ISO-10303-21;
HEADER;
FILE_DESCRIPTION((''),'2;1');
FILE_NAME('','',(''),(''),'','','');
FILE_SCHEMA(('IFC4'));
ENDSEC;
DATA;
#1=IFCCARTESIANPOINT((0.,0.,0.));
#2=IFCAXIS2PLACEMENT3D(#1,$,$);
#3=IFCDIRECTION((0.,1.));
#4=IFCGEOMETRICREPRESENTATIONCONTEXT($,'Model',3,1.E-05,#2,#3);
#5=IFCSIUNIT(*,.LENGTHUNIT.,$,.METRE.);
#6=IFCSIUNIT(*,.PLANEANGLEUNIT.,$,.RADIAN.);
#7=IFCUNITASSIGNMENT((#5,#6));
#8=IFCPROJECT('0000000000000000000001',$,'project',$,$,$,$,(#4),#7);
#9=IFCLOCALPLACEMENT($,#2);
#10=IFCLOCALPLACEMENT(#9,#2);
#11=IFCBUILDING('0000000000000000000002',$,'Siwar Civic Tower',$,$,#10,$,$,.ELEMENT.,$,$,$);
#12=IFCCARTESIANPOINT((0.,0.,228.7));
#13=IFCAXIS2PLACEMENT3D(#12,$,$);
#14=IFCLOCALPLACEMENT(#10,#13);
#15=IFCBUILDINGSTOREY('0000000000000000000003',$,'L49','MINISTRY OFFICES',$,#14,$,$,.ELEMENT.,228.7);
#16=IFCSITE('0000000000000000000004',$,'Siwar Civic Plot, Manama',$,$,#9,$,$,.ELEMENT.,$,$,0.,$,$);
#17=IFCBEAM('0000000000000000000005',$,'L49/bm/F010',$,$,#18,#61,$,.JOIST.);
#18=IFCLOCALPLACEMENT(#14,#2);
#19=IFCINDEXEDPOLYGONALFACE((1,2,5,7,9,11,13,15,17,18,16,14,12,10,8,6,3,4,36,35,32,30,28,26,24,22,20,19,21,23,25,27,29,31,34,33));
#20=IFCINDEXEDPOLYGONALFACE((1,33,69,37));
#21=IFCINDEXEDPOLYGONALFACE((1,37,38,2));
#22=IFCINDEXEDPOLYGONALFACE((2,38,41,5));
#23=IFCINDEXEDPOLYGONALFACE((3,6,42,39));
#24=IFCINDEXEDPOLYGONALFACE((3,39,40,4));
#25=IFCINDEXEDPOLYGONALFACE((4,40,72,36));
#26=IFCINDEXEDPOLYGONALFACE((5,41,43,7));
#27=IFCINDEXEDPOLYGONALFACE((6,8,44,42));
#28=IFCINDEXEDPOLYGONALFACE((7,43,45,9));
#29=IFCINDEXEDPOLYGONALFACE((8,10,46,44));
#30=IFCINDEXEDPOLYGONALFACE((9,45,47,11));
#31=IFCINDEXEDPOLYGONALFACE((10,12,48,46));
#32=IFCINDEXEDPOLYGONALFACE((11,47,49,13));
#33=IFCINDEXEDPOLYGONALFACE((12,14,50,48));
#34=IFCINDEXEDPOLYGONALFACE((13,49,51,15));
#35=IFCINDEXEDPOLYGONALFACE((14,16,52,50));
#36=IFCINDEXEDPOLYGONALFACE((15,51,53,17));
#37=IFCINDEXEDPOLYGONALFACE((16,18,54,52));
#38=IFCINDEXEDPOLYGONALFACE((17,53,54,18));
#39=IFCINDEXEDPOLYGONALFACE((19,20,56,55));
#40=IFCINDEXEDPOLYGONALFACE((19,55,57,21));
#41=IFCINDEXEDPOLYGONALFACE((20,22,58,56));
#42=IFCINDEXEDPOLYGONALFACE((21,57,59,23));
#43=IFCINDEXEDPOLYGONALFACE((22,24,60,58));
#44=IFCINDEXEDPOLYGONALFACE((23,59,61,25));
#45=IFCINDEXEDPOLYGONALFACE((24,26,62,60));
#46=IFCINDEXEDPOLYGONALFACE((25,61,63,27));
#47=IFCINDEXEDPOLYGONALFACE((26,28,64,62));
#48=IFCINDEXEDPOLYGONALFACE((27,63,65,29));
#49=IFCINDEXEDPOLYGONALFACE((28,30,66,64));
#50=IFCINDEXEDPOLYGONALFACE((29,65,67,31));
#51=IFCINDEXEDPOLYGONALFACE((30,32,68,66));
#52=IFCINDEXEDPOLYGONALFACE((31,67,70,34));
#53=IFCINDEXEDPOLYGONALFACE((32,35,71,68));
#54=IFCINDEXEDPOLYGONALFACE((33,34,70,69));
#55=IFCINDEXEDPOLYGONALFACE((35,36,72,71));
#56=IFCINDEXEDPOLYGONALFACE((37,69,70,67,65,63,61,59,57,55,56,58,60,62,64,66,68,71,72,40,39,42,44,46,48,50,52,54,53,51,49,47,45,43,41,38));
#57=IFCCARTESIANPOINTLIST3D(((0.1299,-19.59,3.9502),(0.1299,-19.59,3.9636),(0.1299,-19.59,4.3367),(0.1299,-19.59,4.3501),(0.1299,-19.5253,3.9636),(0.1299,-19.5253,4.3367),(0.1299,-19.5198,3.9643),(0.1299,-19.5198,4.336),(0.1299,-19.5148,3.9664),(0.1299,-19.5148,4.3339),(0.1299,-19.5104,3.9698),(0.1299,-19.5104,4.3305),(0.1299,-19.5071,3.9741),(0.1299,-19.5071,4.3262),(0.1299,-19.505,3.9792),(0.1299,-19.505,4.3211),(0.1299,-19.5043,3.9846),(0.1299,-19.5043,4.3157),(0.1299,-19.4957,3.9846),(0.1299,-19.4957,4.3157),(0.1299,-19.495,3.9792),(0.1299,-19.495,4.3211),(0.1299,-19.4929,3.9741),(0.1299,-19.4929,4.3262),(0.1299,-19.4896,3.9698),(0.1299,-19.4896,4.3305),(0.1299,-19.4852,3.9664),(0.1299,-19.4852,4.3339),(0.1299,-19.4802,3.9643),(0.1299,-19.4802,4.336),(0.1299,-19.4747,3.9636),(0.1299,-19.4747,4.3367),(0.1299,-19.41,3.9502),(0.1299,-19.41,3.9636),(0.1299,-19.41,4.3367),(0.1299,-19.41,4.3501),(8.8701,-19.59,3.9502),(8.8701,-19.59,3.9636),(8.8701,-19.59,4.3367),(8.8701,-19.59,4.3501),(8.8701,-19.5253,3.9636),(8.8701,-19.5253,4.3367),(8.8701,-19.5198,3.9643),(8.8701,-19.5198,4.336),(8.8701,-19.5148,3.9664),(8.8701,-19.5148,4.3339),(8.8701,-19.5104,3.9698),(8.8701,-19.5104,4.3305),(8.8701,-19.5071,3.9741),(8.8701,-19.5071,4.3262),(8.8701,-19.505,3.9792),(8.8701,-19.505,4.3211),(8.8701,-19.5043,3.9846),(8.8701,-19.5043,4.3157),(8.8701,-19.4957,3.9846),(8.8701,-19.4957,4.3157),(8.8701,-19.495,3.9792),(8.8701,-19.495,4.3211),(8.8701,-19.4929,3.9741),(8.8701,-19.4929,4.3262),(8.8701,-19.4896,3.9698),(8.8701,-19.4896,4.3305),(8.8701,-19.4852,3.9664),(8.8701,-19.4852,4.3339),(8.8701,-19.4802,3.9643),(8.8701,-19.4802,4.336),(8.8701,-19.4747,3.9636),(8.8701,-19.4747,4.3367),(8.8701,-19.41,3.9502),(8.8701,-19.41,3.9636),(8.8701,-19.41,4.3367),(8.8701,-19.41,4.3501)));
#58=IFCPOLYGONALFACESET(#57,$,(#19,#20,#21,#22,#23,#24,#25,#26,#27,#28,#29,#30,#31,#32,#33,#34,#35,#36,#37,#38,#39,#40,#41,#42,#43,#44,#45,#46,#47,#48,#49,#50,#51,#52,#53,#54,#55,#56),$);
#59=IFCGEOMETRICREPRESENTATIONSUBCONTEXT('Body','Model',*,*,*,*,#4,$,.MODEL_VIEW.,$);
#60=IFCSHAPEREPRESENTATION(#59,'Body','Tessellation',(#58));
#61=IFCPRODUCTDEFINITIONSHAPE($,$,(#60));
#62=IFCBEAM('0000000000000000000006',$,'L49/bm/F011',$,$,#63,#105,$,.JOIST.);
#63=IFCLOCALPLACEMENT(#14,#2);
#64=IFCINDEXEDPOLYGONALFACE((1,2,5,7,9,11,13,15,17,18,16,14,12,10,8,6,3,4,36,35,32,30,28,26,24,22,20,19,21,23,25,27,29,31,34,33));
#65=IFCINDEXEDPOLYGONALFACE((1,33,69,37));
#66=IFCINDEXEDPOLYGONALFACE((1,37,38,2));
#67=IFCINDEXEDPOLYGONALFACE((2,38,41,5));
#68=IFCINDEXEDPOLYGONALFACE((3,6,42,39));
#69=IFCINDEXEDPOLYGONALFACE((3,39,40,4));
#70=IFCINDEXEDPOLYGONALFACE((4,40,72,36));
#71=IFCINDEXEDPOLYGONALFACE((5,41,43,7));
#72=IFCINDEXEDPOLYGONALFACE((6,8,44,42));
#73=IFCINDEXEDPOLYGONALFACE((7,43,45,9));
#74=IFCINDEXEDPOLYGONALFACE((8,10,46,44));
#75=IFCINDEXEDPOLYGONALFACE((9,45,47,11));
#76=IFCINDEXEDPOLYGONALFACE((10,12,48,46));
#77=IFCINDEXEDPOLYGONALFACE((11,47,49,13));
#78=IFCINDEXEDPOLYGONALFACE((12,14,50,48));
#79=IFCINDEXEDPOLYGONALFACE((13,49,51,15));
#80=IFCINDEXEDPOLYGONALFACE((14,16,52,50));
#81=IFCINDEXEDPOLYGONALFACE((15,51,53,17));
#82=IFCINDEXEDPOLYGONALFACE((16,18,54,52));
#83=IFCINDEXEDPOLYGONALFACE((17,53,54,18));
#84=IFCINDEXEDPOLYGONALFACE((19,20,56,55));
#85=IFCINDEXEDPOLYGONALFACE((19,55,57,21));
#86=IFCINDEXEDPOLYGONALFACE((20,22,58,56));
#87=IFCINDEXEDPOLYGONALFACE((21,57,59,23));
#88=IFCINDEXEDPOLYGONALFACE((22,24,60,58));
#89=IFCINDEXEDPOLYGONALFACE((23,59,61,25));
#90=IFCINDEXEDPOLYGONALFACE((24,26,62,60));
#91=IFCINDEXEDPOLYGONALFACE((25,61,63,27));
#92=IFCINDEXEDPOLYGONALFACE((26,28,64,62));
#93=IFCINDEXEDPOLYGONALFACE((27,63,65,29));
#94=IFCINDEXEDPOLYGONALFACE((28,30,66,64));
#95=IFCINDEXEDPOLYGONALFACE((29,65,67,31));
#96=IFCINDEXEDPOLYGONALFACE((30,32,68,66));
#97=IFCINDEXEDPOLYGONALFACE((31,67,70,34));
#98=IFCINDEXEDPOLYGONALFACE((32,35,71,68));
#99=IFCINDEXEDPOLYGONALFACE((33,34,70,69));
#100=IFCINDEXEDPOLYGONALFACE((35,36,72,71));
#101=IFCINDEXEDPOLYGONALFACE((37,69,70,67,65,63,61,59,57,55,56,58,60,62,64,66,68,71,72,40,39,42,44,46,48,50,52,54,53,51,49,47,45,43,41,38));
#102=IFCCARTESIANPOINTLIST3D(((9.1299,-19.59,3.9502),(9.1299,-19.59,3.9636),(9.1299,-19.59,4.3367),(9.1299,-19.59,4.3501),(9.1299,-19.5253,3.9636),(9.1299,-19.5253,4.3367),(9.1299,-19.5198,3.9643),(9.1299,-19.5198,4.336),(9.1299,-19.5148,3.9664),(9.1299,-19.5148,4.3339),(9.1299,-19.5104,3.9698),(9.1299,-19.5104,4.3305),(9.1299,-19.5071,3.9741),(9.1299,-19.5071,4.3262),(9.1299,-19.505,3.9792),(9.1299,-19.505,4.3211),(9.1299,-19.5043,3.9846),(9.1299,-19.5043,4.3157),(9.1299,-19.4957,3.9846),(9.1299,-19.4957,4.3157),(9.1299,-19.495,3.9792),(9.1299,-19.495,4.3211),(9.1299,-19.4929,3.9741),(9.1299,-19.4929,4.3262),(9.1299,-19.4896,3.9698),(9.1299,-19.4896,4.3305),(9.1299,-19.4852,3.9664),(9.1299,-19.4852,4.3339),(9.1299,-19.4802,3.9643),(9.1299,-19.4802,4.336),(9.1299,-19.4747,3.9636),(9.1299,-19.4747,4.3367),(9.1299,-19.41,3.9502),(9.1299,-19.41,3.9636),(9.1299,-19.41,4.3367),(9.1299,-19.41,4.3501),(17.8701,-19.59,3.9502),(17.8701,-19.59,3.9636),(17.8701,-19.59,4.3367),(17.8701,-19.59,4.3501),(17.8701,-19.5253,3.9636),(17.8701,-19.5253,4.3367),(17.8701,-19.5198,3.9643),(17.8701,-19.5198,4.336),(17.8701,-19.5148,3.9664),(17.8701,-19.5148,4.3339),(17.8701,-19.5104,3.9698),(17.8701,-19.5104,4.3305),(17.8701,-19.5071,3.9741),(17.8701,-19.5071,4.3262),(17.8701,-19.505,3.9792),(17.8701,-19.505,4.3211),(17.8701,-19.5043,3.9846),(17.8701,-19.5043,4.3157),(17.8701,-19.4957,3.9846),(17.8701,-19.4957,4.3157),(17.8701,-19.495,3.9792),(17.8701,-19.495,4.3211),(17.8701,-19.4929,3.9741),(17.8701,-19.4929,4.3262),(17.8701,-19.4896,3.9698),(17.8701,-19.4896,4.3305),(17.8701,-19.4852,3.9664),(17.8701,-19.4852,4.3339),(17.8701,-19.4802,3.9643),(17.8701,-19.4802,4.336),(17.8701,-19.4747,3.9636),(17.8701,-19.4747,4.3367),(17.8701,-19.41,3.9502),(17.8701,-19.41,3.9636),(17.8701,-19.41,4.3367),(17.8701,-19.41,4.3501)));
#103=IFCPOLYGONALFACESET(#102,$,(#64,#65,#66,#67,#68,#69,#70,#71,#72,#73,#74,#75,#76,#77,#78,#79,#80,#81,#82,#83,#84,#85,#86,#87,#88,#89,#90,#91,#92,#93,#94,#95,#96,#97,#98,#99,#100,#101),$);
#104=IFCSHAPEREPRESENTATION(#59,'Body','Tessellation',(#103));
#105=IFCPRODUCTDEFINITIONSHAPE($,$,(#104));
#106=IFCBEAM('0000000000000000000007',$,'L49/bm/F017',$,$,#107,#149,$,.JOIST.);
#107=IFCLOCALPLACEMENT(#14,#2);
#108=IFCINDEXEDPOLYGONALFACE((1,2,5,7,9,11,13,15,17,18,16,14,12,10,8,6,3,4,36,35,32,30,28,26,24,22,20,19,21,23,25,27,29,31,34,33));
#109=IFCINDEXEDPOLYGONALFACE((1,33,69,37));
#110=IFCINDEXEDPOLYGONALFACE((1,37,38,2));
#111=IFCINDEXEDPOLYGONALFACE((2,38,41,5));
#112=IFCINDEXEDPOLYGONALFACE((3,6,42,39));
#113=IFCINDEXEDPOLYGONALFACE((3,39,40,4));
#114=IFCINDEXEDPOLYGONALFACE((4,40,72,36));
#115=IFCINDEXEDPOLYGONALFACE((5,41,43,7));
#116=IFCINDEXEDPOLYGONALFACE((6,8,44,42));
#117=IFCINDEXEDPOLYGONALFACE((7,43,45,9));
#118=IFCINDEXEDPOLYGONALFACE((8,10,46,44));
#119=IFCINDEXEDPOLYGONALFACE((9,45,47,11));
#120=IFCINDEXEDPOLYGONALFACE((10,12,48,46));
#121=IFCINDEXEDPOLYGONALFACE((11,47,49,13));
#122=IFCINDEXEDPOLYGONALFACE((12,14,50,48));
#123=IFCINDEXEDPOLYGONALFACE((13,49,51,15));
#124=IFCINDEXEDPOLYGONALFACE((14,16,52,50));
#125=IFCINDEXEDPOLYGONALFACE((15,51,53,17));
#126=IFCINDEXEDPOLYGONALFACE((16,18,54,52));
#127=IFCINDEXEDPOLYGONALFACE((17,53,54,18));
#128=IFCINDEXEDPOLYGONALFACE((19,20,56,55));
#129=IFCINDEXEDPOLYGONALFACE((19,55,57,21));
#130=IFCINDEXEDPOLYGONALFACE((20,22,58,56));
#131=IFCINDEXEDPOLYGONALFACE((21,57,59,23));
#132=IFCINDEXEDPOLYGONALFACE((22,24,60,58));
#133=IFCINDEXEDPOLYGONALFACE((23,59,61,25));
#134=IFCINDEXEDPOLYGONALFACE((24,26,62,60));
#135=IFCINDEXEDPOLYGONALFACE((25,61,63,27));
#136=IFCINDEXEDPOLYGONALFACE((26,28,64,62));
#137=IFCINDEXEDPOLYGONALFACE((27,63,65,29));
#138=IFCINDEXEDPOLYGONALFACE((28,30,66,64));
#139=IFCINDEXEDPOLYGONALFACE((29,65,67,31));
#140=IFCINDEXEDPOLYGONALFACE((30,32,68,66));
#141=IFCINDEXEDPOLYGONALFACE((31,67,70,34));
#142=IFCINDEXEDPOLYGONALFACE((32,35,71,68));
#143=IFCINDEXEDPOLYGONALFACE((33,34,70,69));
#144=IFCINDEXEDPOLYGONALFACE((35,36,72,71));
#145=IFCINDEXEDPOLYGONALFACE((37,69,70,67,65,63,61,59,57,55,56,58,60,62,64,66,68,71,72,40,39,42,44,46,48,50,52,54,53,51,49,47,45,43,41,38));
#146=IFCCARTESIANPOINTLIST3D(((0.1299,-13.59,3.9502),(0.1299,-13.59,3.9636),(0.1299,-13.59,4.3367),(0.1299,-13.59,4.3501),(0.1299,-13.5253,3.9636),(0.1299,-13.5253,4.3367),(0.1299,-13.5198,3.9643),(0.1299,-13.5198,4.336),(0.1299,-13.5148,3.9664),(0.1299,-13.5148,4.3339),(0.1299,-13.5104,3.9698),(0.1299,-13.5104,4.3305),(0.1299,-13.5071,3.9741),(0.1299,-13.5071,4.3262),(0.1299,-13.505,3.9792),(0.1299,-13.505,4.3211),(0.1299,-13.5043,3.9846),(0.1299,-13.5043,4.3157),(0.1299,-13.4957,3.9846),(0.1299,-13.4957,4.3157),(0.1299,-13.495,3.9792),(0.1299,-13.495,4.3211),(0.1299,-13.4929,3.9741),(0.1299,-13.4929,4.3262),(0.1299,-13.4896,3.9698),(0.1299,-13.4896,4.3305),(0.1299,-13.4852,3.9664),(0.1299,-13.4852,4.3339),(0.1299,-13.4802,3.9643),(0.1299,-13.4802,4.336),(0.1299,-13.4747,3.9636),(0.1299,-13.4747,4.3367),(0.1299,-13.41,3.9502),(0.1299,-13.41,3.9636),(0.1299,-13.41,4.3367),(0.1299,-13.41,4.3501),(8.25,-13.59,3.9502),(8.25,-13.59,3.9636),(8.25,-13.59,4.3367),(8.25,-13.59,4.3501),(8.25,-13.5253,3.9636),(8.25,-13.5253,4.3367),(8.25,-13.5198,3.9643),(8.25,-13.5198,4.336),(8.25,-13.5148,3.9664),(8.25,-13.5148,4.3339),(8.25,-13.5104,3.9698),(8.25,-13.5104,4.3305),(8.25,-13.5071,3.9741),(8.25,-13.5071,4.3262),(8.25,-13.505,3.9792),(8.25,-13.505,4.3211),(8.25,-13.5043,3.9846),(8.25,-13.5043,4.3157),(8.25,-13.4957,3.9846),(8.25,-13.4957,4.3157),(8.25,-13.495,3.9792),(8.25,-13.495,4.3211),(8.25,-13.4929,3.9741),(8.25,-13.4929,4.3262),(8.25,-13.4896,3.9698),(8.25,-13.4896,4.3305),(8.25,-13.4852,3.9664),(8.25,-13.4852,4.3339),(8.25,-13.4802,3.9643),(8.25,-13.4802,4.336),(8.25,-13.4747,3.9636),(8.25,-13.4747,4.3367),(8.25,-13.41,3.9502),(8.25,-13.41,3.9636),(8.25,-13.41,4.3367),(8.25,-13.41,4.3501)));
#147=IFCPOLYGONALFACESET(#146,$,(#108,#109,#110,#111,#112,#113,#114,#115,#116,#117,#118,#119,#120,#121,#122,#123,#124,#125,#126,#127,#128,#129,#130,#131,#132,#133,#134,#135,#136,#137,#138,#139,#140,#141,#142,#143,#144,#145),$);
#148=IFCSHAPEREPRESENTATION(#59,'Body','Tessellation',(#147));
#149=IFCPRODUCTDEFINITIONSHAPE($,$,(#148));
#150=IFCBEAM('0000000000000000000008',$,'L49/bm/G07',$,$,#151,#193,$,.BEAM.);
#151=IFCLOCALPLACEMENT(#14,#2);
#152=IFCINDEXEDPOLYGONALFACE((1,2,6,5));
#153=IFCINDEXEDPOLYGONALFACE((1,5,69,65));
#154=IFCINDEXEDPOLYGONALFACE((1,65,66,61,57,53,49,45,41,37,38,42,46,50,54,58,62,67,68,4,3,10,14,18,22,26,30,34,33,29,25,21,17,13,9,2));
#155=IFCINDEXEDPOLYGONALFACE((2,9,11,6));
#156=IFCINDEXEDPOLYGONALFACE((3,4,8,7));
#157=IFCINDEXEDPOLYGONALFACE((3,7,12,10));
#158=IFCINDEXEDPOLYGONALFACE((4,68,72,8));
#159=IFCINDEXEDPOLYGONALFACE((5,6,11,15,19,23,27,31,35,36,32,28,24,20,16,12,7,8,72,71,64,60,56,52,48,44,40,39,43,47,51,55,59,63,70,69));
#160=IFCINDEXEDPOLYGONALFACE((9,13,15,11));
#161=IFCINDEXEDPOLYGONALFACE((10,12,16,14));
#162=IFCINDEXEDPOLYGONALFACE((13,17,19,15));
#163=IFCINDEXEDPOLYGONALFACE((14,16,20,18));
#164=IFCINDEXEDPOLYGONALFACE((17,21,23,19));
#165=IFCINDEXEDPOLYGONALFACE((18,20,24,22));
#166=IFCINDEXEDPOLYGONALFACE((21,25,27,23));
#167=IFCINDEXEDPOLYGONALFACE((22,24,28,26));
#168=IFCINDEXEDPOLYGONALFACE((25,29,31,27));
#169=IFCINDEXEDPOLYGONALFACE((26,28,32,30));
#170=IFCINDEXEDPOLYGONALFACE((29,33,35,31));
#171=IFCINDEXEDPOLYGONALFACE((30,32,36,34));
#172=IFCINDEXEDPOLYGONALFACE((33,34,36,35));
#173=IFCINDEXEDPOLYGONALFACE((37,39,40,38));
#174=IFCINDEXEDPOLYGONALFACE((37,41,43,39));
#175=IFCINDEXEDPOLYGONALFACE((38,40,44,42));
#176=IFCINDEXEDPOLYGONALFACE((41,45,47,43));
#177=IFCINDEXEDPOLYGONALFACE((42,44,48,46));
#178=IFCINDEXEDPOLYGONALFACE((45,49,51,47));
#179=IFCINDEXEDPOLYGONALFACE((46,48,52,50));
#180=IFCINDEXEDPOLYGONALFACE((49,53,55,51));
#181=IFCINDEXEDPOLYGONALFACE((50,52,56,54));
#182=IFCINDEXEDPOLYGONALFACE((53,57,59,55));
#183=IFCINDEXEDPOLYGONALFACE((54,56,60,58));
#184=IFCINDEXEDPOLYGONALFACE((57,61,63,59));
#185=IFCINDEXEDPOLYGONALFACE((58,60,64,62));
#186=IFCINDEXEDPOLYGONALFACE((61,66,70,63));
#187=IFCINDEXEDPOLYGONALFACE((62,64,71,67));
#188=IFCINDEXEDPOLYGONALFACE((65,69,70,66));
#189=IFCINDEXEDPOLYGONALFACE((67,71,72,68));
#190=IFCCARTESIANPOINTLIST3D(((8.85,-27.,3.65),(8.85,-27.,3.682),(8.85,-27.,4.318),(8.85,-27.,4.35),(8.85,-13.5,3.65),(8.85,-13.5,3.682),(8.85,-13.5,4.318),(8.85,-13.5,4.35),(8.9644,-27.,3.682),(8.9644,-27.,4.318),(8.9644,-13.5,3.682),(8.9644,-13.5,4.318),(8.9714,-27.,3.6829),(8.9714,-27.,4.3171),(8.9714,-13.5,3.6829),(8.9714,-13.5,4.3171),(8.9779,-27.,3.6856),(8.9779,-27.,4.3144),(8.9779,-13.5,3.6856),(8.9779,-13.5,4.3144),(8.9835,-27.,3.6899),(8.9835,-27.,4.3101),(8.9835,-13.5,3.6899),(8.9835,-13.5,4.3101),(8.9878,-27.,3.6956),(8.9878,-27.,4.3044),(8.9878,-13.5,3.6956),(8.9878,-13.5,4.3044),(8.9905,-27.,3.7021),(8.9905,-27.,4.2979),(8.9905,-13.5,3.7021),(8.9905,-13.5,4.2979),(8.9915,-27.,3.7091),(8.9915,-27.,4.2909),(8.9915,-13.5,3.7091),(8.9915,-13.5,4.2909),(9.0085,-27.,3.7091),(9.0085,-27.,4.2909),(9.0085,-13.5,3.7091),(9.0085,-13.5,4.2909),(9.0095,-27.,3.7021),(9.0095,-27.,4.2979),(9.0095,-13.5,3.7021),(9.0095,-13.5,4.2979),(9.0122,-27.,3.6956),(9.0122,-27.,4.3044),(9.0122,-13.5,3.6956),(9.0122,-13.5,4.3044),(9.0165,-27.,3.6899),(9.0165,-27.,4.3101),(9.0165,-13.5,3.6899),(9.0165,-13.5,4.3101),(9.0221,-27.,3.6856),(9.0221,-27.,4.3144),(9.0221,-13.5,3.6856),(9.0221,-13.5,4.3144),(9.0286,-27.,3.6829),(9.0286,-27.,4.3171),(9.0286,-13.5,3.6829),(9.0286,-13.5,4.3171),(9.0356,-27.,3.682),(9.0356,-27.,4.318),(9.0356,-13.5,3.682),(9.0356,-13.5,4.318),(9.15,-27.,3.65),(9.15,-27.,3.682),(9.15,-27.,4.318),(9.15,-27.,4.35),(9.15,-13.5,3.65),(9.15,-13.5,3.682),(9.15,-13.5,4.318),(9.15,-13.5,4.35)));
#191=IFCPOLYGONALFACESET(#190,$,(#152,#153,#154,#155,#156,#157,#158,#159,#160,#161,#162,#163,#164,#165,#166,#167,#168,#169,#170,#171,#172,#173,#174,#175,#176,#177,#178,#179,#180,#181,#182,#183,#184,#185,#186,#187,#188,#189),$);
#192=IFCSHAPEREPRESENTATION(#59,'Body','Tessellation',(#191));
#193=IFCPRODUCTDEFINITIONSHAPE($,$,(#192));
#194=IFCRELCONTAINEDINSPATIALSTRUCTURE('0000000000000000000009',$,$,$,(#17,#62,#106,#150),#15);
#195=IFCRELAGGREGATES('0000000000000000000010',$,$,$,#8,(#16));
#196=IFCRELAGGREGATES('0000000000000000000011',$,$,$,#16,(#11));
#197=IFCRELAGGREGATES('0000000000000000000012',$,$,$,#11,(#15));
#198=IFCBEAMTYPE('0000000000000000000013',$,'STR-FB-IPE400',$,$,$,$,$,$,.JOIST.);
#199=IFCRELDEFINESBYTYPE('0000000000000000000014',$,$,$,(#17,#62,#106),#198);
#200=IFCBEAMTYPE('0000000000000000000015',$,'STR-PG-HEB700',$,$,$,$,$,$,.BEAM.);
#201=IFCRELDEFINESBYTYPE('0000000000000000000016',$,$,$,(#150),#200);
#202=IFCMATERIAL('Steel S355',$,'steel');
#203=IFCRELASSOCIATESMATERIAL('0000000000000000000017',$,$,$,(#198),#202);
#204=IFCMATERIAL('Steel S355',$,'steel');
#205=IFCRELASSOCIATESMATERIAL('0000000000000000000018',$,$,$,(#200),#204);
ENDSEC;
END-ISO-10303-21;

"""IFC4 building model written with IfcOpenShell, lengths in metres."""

from ifc_helpers import new_model, si_unit, direction, frame, origin, origin_2d, place, context, subcontext, project, spatial, i_section, extrude, material, material_profile, profile_set, type_object, element, save


model = new_model("IFC4")

# Units and contexts
model_context = context("Model", 3, precision=1e-05, world=origin(), true_north=direction((0.0, 1.0)))
body_context = subcontext(model_context, "Body", "Model", "MODEL_VIEW")
ifc_project = project(units=[si_unit("LENGTHUNIT", "METRE"), si_unit("PLANEANGLEUNIT", "RADIAN")], contexts=[model_context])

# Site, building, storey
site_placement = place(None, origin())
site = spatial("IfcSite", under=ifc_project, at=site_placement, Name="Siwar Civic Plot, Manama", CompositionType="ELEMENT", RefElevation=0.0)
building_placement = place(site_placement, origin())
building = spatial("IfcBuilding", under=site, at=building_placement, Name="Siwar Civic Tower", CompositionType="ELEMENT")
storey_placement = place(building_placement, frame((0.0, 0.0, 228.7)))
storey = spatial("IfcBuildingStorey", under=building, at=storey_placement, Name="L49", Description="MINISTRY OFFICES", CompositionType="ELEMENT", Elevation=228.7)

# Beams
ifc_material_1 = material(Name="Steel S355", Category="steel")
ifc_material_profile_1 = material_profile(ifc_material_1, i_section(OverallWidth=0.1799, OverallDepth=0.3999, WebThickness=0.0085, FlangeThickness=0.0134, FilletRadius=0.021, at=origin_2d()), Name="IPE400")
ifc_profile_set_1 = profile_set([ifc_material_profile_1], Name="Steel S355")
beam_type_1 = type_object("IfcBeamType", Name="STR-FB-IPE400", PredefinedType="JOIST", material=ifc_profile_set_1)
for number, where, z_axis, x_axis, name in (
    (1, (0.1299, -19.5, 4.1501), (1.0, 0.0, 0.0), (0.0, 1.0, 0.0), "L49/bm/F010"),
    (2, (9.1299, -19.5, 4.1501), (1.0, 0.0, 0.0), (0.0, 1.0, 0.0), "L49/bm/F011"),
):
    element("IfcBeam", number, at=place(storey_placement, frame(where, z_axis=z_axis, x_axis=x_axis)), inside=storey, type_object=beam_type_1, Name=name, PredefinedType="JOIST", context=body_context, shape_type="SweptSolid", body=[
        extrude(i_section(OverallWidth=0.1799, OverallDepth=0.3999, WebThickness=0.0085, FlangeThickness=0.0134, FilletRadius=0.021, at=origin_2d()), origin(), (0.0, 0.0, 1.0), 8.7402),
    ])
beam_1_placement = place(storey_placement, frame((0.1299, -13.5, 4.1501), z_axis=(1.0, 0.0, 0.0), x_axis=(0.0, 1.0, 0.0)))
element("IfcBeam", 3, at=beam_1_placement, inside=storey, type_object=beam_type_1, Name="L49/bm/F017", PredefinedType="JOIST", context=body_context, shape_type="SweptSolid", body=[
    extrude(i_section(OverallWidth=0.1799, OverallDepth=0.3999, WebThickness=0.0085, FlangeThickness=0.0134, FilletRadius=0.021, at=origin_2d()), origin(), (0.0, 0.0, 1.0), 8.1201),
])
ifc_material_2 = material(Name="Steel S355", Category="steel")
ifc_material_profile_2 = material_profile(ifc_material_2, i_section(OverallWidth=0.3, OverallDepth=0.7, WebThickness=0.0171, FlangeThickness=0.032, FilletRadius=0.0271, at=origin_2d()), Name="HEB700")
ifc_profile_set_2 = profile_set([ifc_material_profile_2], Name="Steel S355")
beam_type_2 = type_object("IfcBeamType", Name="STR-PG-HEB700", PredefinedType="BEAM", material=ifc_profile_set_2)
beam_2_placement = place(storey_placement, frame((9.0, -27.0, 4.0), z_axis=(0.0, 1.0, 0.0), x_axis=(-1.0, 0.0, 0.0)))
element("IfcBeam", 4, at=beam_2_placement, inside=storey, type_object=beam_type_2, Name="L49/bm/G07", PredefinedType="BEAM", context=body_context, shape_type="SweptSolid", body=[
    extrude(i_section(OverallWidth=0.3, OverallDepth=0.7, WebThickness=0.0171, FlangeThickness=0.032, FilletRadius=0.0271, at=origin_2d()), origin(), (0.0, 0.0, 1.0), 13.5),
])

save(model, "model.ifc")
